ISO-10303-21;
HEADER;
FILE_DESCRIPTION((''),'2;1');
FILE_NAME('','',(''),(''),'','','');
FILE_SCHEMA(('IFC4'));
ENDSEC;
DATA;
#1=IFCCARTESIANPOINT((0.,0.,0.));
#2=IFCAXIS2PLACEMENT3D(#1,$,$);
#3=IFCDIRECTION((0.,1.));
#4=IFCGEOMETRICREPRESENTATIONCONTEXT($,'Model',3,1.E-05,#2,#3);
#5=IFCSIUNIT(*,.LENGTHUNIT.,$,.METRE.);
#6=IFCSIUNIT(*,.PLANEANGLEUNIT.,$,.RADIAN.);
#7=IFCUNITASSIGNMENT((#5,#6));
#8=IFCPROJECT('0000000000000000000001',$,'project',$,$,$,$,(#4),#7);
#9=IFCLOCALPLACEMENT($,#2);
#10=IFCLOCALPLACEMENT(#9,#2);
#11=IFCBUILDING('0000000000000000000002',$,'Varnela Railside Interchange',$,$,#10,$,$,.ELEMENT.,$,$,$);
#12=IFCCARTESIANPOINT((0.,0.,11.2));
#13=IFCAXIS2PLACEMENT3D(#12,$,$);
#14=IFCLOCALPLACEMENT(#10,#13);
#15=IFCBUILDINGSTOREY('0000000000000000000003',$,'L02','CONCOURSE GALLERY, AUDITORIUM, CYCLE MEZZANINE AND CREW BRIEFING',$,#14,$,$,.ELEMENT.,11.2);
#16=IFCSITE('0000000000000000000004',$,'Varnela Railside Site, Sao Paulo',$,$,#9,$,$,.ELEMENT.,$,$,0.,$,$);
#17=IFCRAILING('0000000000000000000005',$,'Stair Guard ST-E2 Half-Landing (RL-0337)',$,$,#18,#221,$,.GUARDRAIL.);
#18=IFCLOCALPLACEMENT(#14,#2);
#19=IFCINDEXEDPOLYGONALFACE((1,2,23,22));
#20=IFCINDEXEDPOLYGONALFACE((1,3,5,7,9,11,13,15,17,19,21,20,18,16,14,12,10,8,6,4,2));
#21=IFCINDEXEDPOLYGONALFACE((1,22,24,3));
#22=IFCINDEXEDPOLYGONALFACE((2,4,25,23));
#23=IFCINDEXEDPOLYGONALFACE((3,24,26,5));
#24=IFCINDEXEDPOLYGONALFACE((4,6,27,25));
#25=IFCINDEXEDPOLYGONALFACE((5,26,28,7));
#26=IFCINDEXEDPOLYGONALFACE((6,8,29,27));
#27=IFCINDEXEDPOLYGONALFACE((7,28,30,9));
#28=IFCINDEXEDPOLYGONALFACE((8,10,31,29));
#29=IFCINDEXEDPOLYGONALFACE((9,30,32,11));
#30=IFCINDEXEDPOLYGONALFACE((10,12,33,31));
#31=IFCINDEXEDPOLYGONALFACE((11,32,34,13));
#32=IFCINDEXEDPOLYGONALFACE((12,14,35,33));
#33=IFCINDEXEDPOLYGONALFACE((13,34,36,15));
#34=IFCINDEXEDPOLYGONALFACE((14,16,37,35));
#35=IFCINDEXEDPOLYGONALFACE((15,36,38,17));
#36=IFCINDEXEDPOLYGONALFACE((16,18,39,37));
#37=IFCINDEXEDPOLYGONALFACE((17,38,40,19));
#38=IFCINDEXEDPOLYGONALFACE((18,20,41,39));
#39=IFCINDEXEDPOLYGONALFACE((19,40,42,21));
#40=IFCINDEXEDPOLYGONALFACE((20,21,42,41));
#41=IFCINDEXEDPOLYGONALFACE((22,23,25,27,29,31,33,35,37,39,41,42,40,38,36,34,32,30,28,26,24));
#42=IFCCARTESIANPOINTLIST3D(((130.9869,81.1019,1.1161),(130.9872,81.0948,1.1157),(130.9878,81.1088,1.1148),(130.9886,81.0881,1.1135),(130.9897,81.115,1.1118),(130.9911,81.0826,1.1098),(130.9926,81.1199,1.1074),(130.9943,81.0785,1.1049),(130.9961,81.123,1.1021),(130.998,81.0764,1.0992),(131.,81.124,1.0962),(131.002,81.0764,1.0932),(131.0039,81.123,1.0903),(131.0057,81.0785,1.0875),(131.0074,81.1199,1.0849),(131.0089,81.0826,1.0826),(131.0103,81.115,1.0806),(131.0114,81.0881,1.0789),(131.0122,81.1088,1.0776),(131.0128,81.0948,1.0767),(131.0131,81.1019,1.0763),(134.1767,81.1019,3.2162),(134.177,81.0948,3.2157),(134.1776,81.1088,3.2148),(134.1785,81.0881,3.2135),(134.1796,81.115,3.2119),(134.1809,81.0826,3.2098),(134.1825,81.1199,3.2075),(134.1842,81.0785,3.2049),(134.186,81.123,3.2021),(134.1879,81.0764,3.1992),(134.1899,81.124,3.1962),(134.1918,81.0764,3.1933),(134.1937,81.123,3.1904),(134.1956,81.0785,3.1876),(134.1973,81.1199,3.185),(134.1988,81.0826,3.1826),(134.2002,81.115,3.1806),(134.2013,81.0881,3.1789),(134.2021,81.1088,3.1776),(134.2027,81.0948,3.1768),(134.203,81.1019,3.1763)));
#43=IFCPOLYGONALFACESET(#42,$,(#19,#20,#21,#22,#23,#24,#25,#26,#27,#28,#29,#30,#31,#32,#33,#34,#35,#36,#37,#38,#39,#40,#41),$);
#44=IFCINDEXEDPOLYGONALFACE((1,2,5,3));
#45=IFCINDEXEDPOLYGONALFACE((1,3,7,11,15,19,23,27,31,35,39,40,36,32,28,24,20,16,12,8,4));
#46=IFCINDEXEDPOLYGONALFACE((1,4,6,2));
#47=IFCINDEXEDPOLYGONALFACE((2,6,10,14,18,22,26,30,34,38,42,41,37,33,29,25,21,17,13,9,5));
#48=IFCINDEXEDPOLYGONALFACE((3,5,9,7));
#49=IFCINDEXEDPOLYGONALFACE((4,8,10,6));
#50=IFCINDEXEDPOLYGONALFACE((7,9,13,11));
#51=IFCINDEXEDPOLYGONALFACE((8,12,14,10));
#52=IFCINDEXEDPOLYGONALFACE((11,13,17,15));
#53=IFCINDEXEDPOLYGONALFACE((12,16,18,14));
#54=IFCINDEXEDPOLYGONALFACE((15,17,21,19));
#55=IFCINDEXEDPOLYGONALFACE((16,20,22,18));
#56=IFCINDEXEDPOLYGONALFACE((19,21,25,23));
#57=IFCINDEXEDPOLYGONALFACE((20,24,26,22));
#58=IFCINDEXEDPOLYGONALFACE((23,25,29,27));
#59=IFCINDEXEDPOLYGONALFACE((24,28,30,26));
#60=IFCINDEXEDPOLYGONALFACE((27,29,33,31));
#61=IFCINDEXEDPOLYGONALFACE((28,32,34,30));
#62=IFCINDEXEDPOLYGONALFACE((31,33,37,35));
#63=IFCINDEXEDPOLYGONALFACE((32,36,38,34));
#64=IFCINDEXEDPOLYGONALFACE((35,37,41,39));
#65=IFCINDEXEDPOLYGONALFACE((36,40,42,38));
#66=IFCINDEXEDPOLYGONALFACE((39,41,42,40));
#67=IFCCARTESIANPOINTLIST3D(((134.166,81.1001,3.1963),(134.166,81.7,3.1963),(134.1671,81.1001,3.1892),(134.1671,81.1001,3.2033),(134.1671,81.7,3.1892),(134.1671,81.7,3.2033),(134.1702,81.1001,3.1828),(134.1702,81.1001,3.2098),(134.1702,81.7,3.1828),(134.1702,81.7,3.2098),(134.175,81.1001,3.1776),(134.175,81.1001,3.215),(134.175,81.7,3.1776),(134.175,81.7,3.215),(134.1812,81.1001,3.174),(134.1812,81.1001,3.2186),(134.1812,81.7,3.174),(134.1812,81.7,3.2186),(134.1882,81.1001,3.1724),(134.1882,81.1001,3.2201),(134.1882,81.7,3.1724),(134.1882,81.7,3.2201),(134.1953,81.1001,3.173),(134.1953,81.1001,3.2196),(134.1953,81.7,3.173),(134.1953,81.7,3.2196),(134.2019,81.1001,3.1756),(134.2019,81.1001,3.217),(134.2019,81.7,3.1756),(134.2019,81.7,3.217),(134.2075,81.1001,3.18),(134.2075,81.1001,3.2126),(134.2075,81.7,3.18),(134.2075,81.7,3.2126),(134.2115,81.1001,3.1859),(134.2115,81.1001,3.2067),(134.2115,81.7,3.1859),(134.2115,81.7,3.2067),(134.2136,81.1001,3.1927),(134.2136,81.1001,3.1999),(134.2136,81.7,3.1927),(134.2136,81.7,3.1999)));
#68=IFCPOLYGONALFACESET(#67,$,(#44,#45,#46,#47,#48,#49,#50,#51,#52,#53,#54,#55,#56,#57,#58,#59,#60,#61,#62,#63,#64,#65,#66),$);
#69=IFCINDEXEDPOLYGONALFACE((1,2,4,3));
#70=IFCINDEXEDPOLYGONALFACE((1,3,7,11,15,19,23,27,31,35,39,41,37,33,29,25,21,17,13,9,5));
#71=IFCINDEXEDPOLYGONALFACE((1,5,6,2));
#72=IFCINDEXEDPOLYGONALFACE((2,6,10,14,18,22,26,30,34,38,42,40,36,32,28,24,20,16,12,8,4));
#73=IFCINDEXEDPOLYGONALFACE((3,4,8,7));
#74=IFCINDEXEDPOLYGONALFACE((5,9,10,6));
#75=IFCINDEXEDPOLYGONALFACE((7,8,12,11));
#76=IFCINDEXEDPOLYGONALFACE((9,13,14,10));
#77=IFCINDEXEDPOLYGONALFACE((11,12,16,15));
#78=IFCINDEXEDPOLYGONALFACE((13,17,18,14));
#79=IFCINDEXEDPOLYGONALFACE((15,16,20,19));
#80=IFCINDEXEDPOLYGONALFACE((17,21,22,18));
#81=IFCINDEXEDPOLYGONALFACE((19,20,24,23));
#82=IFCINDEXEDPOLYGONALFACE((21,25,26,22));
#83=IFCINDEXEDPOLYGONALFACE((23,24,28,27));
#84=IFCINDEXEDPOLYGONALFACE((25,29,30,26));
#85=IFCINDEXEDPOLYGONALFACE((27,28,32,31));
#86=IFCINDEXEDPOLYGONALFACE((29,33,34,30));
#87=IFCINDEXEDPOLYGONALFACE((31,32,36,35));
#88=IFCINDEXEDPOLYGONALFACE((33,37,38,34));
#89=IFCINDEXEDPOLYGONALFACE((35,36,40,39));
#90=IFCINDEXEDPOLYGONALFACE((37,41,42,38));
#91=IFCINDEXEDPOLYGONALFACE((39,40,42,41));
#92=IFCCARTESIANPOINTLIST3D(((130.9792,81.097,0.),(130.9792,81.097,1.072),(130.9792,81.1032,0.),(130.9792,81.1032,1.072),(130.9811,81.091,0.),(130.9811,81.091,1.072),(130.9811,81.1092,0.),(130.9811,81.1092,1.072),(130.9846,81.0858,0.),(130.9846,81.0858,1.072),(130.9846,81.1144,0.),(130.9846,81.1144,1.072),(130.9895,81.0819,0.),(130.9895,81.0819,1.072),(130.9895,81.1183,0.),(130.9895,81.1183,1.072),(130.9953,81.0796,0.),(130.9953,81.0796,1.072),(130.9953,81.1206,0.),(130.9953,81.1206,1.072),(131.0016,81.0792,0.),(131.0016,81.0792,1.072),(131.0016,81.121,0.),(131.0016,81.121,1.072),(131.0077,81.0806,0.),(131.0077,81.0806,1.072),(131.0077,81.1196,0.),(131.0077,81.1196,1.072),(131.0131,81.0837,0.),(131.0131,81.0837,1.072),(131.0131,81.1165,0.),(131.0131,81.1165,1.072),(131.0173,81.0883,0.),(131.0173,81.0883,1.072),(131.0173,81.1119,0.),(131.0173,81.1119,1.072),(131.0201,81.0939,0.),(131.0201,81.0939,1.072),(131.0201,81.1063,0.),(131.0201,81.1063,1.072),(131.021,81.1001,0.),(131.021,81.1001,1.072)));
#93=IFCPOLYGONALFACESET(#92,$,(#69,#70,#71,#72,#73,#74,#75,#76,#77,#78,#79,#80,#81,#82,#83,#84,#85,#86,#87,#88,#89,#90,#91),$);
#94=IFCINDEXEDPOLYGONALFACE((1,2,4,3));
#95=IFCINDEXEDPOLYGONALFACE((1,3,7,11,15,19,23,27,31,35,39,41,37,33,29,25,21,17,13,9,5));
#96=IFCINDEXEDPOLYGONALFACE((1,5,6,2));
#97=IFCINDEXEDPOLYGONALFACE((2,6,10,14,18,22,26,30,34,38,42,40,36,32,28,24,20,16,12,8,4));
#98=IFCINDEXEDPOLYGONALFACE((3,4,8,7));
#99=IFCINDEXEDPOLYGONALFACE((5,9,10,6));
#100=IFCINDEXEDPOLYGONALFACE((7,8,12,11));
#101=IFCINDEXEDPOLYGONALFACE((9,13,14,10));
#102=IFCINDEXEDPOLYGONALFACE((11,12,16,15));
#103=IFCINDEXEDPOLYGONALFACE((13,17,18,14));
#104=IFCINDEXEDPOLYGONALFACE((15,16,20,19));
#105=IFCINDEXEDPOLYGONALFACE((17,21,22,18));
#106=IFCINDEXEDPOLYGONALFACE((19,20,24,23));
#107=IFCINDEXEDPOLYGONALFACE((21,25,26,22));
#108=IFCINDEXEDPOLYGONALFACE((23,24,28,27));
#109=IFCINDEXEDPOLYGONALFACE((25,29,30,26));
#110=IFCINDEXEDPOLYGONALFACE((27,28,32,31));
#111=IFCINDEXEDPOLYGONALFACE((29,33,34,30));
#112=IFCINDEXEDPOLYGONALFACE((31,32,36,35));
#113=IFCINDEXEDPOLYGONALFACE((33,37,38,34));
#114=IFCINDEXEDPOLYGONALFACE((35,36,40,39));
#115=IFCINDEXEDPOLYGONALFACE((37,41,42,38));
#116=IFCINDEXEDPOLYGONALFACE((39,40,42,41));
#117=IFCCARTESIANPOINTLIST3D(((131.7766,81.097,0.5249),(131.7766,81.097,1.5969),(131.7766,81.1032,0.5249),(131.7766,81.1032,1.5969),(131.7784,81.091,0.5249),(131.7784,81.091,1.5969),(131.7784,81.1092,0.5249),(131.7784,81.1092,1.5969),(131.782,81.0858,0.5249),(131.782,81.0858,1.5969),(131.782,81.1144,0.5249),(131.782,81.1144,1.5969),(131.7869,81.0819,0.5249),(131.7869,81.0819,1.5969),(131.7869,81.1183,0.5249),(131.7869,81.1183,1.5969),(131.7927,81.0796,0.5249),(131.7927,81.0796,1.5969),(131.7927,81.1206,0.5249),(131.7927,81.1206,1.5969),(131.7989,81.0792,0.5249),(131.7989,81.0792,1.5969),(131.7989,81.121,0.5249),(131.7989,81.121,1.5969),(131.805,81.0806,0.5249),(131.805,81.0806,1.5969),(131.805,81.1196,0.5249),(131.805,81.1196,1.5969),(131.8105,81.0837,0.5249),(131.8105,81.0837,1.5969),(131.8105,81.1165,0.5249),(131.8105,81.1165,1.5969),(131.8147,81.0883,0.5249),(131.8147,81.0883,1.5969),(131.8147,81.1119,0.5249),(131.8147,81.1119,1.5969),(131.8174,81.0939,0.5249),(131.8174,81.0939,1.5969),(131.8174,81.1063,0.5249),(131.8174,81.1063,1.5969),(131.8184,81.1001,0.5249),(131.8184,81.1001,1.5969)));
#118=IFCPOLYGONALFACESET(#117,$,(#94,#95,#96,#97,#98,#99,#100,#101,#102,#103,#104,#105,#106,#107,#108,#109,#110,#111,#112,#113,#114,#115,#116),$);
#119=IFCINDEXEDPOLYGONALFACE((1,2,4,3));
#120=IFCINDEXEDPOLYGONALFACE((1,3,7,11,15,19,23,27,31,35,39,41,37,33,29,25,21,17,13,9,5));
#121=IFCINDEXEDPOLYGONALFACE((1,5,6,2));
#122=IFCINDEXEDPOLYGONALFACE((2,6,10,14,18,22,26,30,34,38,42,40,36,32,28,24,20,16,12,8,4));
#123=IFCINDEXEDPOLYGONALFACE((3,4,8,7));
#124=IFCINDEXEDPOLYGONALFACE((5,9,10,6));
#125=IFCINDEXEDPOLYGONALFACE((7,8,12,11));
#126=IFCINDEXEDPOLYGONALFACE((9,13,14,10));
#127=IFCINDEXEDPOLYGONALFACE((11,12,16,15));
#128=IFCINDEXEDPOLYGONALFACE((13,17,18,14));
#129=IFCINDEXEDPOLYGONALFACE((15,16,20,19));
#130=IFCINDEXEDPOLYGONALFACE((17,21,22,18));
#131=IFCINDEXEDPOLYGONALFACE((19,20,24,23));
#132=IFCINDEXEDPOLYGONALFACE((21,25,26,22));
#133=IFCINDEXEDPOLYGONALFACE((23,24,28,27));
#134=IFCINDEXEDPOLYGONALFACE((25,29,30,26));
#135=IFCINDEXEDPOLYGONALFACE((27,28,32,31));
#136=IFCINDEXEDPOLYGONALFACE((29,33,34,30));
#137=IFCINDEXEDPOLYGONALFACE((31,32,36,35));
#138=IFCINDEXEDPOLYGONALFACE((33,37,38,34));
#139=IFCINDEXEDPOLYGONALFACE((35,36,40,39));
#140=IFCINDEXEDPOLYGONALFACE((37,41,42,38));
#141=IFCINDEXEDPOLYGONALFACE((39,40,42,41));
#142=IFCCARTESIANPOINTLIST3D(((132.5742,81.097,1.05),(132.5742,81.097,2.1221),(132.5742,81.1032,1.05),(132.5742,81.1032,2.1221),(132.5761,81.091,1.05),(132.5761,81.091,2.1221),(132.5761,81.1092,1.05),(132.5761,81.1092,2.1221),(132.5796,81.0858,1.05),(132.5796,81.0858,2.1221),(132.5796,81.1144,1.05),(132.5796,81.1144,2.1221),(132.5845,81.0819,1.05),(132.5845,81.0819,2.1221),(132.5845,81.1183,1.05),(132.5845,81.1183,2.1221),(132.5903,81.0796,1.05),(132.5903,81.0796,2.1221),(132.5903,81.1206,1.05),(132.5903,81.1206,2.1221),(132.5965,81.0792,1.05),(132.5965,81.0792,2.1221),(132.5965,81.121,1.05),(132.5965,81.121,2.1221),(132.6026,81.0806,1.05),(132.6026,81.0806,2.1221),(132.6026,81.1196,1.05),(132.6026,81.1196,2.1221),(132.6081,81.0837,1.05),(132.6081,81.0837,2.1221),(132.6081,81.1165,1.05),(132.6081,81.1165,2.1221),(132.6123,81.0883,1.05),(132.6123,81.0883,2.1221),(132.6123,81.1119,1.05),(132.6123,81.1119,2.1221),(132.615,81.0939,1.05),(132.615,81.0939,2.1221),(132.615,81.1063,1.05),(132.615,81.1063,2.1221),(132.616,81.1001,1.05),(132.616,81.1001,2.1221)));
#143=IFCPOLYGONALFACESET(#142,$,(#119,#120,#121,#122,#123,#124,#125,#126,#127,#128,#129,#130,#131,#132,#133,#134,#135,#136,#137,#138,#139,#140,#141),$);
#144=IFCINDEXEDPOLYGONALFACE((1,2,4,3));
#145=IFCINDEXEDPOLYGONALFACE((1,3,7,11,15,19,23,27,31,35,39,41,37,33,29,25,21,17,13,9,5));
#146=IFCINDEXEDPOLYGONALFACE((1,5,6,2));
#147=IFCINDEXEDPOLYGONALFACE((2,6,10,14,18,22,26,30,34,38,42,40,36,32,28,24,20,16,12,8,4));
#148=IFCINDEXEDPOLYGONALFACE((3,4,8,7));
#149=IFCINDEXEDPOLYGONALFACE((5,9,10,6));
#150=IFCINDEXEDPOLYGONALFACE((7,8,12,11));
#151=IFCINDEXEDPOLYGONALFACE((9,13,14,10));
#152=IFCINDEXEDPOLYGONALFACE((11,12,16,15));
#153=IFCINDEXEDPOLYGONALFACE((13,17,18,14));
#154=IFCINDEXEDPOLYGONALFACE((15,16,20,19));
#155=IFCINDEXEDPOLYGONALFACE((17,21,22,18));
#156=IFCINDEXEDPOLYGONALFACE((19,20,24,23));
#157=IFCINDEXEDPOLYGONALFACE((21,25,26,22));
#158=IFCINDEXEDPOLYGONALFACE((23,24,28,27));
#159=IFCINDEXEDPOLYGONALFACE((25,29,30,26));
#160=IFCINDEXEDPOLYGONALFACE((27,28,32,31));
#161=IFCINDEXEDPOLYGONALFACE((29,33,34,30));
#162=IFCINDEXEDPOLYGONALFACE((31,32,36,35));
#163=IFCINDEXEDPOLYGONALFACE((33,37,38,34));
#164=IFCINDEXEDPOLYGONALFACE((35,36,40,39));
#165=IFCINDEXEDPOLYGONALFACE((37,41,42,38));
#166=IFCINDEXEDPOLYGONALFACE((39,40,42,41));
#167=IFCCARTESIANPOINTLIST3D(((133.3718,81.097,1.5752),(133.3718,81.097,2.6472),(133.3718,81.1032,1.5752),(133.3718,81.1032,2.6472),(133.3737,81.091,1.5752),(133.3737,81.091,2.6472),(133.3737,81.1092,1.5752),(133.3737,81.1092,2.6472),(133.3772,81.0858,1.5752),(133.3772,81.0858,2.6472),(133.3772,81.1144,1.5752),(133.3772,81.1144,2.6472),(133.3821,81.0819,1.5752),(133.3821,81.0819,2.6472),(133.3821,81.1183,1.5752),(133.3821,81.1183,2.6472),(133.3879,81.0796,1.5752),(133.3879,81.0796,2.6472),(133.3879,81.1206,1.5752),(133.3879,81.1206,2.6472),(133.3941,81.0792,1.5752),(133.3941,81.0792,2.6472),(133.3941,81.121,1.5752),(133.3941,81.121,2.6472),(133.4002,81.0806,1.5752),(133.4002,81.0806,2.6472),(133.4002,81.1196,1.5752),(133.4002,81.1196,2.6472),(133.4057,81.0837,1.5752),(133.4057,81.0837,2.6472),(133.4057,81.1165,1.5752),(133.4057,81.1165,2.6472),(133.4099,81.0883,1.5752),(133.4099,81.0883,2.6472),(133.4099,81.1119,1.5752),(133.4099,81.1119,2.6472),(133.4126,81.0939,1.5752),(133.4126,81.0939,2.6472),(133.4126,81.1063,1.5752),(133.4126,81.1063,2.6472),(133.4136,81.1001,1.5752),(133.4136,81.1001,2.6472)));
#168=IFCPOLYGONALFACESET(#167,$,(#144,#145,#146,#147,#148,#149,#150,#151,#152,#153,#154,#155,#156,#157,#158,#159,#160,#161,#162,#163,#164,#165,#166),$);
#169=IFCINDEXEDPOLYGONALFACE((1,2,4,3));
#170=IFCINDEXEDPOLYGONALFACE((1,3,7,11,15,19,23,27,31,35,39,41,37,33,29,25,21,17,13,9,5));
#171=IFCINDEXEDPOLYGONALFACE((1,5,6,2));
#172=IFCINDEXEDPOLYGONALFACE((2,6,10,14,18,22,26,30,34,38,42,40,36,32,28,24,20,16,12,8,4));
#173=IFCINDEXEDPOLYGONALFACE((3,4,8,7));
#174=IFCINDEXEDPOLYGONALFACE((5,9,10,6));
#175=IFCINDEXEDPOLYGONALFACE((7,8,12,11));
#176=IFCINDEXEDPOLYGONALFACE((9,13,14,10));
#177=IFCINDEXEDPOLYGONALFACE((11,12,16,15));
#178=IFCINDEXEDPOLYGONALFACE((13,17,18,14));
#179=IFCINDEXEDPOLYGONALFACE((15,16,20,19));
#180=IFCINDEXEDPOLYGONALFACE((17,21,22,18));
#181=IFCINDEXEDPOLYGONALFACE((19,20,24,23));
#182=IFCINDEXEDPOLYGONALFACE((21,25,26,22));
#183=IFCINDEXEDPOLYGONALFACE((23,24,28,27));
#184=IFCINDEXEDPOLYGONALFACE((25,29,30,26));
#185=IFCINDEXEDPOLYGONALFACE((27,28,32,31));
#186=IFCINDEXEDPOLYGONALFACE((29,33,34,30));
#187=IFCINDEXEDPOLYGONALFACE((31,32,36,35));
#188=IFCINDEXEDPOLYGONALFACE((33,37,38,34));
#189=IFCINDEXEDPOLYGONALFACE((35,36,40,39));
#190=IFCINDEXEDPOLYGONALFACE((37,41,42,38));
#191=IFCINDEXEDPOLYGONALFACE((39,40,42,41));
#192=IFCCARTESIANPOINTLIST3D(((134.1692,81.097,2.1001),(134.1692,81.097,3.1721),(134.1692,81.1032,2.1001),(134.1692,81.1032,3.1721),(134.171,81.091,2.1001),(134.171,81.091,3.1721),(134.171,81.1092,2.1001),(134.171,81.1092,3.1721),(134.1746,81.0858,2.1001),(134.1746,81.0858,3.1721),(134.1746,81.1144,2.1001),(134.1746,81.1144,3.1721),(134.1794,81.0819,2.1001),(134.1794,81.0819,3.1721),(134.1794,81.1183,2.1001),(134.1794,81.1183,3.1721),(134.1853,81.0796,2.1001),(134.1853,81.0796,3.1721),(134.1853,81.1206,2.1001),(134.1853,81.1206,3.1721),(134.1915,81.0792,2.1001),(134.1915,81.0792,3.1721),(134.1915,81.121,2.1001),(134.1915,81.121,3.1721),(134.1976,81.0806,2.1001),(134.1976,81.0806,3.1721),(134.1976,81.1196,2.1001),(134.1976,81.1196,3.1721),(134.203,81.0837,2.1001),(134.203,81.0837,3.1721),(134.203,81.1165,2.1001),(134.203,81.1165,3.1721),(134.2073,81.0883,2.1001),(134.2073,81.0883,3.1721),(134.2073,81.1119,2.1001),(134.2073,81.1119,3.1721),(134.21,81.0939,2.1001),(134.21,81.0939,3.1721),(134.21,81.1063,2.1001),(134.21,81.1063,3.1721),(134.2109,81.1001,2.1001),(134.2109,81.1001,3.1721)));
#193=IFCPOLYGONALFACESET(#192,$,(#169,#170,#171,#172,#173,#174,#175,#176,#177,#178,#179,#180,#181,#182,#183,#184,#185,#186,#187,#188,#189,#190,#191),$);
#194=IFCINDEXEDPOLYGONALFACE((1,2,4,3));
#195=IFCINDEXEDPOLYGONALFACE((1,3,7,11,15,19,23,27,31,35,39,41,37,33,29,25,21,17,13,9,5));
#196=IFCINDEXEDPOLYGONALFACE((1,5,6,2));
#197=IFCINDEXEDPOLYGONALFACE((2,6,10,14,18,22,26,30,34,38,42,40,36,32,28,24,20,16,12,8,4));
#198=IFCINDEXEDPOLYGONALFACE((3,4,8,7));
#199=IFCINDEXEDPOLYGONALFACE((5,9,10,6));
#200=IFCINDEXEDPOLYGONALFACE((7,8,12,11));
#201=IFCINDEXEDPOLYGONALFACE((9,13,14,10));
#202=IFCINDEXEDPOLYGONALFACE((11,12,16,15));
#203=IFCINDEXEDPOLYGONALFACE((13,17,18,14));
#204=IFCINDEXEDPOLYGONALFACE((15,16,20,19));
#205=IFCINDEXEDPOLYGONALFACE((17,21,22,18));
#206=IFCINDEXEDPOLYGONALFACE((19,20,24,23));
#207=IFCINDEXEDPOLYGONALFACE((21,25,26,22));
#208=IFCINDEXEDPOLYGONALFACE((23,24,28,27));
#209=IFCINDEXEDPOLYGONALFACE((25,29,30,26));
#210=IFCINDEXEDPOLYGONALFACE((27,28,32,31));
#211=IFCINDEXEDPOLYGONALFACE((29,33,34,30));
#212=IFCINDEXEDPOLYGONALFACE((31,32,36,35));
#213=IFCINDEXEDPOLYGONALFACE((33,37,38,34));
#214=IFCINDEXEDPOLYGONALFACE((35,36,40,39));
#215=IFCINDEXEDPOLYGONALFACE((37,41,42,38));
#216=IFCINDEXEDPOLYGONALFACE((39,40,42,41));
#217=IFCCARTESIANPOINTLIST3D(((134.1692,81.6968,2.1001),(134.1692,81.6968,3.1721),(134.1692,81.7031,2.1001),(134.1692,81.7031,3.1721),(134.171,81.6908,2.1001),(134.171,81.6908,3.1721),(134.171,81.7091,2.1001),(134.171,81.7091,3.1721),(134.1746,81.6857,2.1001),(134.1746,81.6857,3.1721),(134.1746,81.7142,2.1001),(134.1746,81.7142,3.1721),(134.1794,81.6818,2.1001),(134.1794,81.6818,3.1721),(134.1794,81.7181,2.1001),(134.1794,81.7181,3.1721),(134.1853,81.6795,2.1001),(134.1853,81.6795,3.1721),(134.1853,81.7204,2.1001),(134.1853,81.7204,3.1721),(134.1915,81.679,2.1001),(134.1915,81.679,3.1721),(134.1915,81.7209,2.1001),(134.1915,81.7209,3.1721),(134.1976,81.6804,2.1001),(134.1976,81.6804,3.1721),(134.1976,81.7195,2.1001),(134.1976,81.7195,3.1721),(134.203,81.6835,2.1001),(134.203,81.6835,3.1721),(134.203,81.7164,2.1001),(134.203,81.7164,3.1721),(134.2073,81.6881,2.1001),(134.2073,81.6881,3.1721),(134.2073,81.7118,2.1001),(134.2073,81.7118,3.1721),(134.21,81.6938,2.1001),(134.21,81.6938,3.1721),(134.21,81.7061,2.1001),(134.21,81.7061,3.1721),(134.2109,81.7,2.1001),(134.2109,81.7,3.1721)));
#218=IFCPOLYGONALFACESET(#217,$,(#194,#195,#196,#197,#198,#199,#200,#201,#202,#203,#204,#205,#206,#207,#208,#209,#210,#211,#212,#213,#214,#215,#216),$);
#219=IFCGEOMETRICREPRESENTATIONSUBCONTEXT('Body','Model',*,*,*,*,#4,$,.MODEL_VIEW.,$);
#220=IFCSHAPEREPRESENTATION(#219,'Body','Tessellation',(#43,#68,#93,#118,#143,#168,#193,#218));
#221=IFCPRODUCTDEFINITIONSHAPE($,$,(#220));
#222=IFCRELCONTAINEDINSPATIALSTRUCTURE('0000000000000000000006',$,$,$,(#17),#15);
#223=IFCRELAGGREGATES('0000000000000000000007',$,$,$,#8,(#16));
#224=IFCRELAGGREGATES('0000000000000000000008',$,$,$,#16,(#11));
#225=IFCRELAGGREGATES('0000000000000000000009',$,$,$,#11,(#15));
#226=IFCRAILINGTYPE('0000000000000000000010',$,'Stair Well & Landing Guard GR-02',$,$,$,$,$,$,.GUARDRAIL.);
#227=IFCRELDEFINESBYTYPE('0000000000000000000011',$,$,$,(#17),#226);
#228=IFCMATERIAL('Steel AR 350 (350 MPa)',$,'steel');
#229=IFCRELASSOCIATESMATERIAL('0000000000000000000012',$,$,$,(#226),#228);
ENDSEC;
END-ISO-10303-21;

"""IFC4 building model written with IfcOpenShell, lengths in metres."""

from ifc_helpers import new_model, si_unit, direction, frame, origin, origin_2d, place, context, subcontext, project, spatial, circle, extrude, material, type_object, element, save


model = new_model("IFC4")

# Units and contexts
model_context = context("Model", 3, precision=1e-05, world=origin(), true_north=direction((0.0, 1.0)))
body_context = subcontext(model_context, "Body", "Model", "MODEL_VIEW")
ifc_project = project(units=[si_unit("LENGTHUNIT", "METRE"), si_unit("PLANEANGLEUNIT", "RADIAN")], contexts=[model_context])

# Site, building, storey
site_placement = place(None, origin())
site = spatial("IfcSite", under=ifc_project, at=site_placement, Name="Varnela Railside Site, Sao Paulo", CompositionType="ELEMENT", RefElevation=0.0)
building_placement = place(site_placement, origin())
building = spatial("IfcBuilding", under=site, at=building_placement, Name="Varnela Railside Interchange", CompositionType="ELEMENT")
storey_placement = place(building_placement, frame((0.0, 0.0, 11.2)))
storey = spatial("IfcBuildingStorey", under=building, at=storey_placement, Name="L02", Description="CONCOURSE GALLERY, AUDITORIUM, CYCLE MEZZANINE AND CREW BRIEFING", CompositionType="ELEMENT", Elevation=11.2)

# Shared definitions
ifc_material_1 = material(Name="Steel AR 350 (350 MPa)", Category="steel")

# Railing
railing_type_1 = type_object("IfcRailingType", Name="Stair Well & Landing Guard GR-02", PredefinedType="GUARDRAIL", material=ifc_material_1)
railing_1_placement = place(storey_placement, frame((131.0, 81.1001, 0.0)))
element("IfcRailing", 1, at=railing_1_placement, inside=storey, type_object=railing_type_1, Name="Stair Guard ST-E2 Half-Landing (RL-0337)", PredefinedType="GUARDRAIL", context=body_context, shape_type="SweptSolid", body=[
    extrude(circle(Radius=0.0239, at=origin_2d()), frame((0.0, 0.0, 1.0962), z_axis=(0.835242, 0.0, 0.549882), x_axis=(0.0, 1.0, 0.0)), (0.0, 0.0, 1.0), 3.8191),
    extrude(circle(Radius=0.0239, at=origin_2d()), frame((3.1899, 0.0, 3.1963), z_axis=(0.0, 1.0, 0.0), x_axis=(-1.0, 0.0, 0.0)), (0.0, 0.0, 1.0), 0.5999),
    extrude(circle(Radius=0.021, at=origin_2d()), origin(), (0.0, 0.0, 1.0), 1.072),
    extrude(circle(Radius=0.021, at=origin_2d()), frame((0.7974, 0.0, 0.5249)), (0.0, 0.0, 1.0), 1.072),
    extrude(circle(Radius=0.021, at=origin_2d()), frame((1.595, 0.0, 1.05)), (0.0, 0.0, 1.0), 1.072),
    extrude(circle(Radius=0.021, at=origin_2d()), frame((2.3926, 0.0, 1.5752)), (0.0, 0.0, 1.0), 1.072),
    extrude(circle(Radius=0.021, at=origin_2d()), frame((3.1899, 0.0, 2.1001)), (0.0, 0.0, 1.0), 1.072),
    extrude(circle(Radius=0.021, at=origin_2d()), frame((3.1899, 0.5999, 2.1001)), (0.0, 0.0, 1.0), 1.072),
])

save(model, "model.ifc")
